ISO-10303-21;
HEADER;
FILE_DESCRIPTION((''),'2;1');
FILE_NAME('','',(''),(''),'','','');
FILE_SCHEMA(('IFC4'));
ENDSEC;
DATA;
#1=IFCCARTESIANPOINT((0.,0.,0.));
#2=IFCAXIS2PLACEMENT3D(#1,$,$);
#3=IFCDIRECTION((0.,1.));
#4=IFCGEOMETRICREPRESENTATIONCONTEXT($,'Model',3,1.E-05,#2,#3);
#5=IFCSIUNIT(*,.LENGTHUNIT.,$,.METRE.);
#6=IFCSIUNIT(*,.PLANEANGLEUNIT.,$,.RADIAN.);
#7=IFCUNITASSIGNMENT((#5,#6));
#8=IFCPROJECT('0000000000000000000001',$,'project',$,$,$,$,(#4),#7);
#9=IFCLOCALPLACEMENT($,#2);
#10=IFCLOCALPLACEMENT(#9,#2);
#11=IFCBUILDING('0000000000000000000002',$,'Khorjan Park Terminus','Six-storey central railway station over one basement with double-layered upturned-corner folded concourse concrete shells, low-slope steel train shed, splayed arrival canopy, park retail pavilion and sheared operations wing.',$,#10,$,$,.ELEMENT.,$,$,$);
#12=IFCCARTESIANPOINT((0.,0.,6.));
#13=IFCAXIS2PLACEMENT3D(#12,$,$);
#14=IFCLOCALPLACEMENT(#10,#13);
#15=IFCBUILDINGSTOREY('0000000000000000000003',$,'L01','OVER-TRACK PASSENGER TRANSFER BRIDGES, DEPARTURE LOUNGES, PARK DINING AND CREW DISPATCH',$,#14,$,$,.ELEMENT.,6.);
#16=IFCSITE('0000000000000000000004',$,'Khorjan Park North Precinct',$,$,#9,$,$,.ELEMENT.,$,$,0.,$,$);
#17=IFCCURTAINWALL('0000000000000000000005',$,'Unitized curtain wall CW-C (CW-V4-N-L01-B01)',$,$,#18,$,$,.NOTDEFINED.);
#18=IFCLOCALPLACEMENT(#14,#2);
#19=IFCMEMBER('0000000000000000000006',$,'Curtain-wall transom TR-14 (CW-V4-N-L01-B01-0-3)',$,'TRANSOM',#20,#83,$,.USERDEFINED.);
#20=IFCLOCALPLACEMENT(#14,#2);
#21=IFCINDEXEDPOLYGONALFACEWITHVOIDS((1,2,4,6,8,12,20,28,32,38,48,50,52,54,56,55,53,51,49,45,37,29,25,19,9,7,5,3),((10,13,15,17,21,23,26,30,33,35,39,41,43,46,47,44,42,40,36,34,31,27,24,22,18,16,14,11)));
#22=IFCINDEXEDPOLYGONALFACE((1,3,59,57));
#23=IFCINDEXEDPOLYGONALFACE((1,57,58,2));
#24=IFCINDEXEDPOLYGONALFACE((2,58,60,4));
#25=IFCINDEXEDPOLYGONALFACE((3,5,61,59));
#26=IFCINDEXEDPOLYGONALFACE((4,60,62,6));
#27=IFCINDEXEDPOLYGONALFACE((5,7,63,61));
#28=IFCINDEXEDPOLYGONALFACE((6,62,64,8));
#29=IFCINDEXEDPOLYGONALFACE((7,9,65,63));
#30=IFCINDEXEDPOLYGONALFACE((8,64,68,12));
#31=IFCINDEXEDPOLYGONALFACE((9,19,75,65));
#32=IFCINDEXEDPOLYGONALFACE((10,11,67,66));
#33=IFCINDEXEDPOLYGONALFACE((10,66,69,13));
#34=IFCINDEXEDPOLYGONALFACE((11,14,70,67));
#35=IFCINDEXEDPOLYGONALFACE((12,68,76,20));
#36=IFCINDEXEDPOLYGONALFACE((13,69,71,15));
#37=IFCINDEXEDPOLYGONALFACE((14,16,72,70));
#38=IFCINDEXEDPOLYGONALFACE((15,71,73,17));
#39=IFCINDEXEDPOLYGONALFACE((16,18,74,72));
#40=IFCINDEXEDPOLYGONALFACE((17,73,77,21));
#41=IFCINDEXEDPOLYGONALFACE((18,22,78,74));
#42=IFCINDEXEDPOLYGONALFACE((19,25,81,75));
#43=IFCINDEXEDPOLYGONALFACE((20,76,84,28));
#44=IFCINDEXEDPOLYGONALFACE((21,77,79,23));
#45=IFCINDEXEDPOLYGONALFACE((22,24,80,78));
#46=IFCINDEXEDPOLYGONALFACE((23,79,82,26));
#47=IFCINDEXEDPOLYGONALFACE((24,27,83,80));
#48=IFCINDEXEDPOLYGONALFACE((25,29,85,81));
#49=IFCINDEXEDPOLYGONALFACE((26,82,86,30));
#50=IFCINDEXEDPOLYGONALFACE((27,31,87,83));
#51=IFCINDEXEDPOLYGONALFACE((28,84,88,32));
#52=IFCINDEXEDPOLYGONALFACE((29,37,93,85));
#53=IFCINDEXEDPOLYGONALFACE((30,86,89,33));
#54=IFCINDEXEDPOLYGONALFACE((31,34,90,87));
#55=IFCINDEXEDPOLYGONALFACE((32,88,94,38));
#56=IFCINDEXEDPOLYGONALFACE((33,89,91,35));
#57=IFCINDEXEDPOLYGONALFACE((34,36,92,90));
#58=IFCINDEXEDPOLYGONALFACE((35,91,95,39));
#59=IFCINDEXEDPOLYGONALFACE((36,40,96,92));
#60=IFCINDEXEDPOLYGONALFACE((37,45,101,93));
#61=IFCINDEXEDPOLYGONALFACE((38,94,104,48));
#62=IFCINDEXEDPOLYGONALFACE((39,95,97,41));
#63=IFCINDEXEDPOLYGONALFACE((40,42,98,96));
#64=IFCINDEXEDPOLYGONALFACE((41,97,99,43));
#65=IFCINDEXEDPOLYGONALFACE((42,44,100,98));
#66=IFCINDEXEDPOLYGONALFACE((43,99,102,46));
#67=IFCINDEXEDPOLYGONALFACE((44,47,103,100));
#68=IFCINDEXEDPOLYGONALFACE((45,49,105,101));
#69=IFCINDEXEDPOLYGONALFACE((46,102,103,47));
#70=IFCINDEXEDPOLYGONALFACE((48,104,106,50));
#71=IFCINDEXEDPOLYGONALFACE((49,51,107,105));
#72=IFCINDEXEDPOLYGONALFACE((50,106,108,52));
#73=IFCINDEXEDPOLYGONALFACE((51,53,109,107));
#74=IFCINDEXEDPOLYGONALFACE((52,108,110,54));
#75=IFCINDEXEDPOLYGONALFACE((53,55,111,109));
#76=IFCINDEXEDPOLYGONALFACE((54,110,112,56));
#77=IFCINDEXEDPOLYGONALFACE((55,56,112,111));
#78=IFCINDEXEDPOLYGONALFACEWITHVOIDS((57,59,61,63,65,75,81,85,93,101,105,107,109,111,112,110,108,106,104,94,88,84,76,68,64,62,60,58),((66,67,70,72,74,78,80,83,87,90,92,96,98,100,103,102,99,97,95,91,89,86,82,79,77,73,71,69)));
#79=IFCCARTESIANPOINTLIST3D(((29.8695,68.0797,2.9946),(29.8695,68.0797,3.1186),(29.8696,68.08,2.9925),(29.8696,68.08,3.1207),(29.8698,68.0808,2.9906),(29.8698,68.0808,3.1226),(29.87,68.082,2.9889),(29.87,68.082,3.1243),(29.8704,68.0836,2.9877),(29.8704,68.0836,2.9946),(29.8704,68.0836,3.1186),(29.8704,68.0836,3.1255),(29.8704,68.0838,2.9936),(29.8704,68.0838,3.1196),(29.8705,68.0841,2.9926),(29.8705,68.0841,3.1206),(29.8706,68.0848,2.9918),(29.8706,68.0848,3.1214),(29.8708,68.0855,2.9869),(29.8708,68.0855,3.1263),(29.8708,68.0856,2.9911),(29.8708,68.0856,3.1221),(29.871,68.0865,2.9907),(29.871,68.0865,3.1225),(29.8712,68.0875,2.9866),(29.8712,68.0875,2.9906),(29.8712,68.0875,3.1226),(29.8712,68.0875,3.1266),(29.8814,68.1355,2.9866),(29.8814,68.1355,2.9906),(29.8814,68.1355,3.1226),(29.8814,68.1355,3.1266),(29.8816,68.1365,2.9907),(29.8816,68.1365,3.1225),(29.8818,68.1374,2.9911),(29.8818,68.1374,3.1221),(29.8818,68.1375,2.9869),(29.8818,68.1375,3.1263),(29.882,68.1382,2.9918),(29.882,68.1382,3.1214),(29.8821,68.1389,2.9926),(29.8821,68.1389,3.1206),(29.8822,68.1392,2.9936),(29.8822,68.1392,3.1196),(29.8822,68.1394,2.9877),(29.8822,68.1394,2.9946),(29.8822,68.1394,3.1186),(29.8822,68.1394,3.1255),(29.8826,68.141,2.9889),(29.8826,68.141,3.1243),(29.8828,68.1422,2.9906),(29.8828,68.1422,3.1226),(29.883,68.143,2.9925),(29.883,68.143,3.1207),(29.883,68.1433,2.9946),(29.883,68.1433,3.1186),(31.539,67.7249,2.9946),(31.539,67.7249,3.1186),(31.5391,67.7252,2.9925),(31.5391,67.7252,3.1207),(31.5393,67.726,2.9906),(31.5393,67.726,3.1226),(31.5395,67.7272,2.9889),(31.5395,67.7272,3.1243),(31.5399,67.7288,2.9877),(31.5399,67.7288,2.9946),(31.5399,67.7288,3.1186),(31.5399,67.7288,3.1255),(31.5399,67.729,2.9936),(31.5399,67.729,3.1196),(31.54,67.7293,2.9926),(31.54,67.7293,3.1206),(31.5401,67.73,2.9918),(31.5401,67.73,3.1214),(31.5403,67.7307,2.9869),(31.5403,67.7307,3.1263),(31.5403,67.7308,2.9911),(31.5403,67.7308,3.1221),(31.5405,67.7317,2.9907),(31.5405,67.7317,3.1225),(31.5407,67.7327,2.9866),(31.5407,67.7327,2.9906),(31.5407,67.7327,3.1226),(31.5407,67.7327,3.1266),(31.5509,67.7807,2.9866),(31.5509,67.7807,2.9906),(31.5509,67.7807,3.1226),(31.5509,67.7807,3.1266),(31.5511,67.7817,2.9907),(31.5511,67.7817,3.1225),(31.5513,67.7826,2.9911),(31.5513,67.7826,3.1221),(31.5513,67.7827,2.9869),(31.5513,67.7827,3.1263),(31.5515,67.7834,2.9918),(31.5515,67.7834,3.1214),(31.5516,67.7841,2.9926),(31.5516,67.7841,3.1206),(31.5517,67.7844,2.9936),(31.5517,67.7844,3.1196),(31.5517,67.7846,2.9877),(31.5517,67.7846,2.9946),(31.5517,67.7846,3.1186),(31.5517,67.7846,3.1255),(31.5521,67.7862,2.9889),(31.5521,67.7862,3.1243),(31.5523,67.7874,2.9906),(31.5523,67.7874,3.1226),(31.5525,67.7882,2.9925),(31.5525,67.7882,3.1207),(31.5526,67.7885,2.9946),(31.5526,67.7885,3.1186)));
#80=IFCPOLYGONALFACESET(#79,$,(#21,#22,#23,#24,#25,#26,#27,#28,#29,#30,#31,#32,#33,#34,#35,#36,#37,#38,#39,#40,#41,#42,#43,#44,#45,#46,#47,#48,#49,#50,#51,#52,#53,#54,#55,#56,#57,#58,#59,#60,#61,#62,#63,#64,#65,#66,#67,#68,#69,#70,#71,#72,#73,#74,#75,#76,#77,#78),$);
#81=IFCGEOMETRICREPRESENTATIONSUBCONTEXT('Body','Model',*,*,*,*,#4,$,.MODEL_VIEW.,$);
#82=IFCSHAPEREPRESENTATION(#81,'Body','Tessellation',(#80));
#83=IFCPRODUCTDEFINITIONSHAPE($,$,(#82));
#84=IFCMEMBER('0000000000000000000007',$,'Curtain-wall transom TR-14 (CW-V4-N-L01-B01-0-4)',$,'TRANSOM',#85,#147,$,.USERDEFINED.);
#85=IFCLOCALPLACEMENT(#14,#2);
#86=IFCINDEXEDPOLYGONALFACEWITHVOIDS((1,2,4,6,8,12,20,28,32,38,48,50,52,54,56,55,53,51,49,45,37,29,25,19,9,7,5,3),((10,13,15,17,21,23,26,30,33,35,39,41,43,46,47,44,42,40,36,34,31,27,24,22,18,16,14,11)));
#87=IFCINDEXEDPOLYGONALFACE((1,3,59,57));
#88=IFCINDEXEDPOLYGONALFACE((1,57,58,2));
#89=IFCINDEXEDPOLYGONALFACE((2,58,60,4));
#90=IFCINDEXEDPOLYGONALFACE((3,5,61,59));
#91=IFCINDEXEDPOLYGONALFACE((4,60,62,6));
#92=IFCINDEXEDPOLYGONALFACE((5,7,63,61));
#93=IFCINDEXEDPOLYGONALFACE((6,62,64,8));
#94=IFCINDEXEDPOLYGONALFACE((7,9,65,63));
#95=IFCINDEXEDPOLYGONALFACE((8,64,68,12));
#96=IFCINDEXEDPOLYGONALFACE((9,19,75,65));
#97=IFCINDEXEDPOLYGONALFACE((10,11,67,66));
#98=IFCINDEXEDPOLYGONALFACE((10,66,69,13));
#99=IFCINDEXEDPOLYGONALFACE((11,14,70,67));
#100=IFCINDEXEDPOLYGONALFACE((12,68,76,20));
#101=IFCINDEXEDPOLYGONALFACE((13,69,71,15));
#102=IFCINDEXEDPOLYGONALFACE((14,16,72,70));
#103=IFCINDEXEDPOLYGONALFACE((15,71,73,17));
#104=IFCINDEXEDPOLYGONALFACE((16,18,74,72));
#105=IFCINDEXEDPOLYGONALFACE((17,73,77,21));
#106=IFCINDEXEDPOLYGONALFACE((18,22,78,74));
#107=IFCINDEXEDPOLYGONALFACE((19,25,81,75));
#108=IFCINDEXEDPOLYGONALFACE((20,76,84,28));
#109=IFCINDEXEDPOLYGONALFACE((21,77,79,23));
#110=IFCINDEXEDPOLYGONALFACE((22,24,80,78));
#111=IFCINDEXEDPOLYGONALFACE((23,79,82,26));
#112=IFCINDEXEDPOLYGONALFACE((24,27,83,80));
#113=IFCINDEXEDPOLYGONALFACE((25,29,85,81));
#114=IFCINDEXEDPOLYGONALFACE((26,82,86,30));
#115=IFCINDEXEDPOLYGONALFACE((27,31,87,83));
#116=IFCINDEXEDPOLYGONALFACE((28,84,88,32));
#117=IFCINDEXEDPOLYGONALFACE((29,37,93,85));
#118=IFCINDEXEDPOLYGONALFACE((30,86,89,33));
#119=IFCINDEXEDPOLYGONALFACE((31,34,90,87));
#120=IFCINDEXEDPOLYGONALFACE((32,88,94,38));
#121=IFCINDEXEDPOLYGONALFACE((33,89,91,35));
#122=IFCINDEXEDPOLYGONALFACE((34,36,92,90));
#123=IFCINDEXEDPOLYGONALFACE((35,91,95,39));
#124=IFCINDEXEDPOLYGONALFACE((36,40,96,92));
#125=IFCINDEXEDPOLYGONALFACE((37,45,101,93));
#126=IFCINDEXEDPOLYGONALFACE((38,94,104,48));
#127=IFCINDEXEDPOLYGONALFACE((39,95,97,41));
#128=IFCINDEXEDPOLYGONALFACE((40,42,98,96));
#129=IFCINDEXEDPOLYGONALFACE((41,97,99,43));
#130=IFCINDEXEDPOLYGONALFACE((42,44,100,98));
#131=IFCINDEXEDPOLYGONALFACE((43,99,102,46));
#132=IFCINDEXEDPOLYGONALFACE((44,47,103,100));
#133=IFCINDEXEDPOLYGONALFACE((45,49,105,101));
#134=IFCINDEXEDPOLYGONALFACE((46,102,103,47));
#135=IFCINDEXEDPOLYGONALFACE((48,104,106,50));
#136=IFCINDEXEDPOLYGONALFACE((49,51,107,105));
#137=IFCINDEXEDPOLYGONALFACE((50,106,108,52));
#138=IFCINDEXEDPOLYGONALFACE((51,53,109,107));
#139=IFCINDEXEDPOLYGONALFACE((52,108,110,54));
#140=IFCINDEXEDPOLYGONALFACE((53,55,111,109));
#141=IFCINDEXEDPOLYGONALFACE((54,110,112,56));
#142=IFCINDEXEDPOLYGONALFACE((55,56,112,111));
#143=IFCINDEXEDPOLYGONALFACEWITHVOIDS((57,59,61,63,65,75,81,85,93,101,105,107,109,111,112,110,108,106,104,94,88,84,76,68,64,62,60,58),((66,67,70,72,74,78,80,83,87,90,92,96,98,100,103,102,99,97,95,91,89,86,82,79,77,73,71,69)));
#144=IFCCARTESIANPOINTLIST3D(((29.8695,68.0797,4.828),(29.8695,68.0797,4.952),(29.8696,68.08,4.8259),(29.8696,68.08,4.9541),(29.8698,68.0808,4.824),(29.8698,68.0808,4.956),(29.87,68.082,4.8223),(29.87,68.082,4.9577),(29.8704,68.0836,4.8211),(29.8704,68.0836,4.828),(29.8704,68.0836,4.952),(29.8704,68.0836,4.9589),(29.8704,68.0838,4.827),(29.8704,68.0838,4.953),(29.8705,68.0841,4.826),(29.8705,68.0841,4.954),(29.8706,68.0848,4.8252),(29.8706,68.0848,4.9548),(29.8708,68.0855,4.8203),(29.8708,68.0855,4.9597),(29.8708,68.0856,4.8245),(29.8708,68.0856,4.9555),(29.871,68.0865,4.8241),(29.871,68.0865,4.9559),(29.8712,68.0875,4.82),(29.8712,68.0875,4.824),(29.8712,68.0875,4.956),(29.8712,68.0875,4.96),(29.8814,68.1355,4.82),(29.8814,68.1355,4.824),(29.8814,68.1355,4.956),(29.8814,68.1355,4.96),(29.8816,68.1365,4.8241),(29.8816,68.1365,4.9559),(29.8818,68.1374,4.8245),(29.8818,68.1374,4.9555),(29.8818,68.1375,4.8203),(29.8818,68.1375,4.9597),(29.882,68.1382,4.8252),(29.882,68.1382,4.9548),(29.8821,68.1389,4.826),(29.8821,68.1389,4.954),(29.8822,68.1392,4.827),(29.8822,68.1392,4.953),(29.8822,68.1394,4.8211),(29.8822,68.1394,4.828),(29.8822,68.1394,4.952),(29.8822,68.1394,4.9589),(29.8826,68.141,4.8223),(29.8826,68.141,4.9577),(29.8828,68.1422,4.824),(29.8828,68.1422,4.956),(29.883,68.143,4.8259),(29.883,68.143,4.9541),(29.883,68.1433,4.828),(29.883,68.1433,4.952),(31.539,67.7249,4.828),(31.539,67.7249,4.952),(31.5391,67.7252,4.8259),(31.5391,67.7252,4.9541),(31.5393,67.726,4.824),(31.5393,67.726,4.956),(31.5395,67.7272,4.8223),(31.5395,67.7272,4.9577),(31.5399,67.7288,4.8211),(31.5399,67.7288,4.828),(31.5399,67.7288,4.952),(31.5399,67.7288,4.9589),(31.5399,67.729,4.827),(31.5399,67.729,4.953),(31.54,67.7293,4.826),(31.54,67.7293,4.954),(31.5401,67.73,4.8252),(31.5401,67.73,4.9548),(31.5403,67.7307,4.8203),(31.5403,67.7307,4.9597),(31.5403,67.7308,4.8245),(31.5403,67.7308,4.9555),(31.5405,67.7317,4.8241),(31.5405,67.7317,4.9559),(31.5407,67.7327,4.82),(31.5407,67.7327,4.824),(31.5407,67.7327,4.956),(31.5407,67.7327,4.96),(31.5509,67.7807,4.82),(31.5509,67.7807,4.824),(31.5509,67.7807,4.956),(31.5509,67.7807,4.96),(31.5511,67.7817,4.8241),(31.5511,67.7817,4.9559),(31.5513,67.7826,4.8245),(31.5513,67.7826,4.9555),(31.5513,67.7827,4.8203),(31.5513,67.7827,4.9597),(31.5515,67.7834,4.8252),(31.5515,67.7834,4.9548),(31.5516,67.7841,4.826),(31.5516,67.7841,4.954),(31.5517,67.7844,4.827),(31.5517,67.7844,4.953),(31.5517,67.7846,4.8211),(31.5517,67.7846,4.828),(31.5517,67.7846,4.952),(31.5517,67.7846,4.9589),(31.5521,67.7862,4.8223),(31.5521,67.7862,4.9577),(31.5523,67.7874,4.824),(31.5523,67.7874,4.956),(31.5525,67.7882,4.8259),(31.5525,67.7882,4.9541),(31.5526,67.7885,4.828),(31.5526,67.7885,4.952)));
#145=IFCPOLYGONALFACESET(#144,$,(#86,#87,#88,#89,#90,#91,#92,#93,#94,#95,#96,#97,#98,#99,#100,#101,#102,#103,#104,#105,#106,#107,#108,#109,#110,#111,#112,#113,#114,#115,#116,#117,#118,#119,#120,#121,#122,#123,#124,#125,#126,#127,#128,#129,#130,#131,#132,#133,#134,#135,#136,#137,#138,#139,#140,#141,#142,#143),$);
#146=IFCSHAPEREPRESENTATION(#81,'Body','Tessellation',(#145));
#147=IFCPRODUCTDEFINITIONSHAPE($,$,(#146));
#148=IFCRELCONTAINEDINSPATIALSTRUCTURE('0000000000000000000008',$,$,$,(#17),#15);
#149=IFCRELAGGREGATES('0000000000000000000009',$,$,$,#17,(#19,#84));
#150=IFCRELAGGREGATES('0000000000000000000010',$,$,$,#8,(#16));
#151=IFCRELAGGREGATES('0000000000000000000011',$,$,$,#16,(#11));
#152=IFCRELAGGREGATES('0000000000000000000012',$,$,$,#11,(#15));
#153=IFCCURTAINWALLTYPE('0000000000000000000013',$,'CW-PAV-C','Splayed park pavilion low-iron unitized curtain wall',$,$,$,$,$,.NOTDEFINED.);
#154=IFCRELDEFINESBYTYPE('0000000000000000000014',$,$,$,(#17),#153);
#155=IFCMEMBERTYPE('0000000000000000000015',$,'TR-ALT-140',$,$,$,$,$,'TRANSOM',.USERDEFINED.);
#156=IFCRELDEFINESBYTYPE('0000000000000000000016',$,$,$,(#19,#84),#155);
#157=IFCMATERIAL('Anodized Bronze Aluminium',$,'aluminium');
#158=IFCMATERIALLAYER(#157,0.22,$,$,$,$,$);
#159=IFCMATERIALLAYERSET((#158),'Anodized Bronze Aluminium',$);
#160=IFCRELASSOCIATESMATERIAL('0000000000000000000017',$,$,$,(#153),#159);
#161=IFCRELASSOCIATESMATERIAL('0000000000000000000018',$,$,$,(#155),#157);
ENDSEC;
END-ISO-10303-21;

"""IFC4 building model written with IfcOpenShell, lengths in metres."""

from ifc_helpers import new_model, si_unit, direction, frame, origin, origin_2d, place, context, subcontext, project, spatial, hollow_rectangle, extrude, material, layer, layer_set, material_profile, profile_set, type_object, element, aggregate, save


model = new_model("IFC4")

# Units and contexts
model_context = context("Model", 3, precision=1e-05, world=origin(), true_north=direction((0.0, 1.0)))
body_context = subcontext(model_context, "Body", "Model", "MODEL_VIEW")
ifc_project = project(units=[si_unit("LENGTHUNIT", "METRE"), si_unit("PLANEANGLEUNIT", "RADIAN")], contexts=[model_context])

# Site, building, storey
site_placement = place(None, origin())
site = spatial("IfcSite", under=ifc_project, at=site_placement, Name="Khorjan Park North Precinct", CompositionType="ELEMENT", RefElevation=0.0)
building_placement = place(site_placement, origin())
building = spatial("IfcBuilding", under=site, at=building_placement, Name="Khorjan Park Terminus", Description="Six-storey central railway station over one basement with double-layered upturned-corner folded concourse concrete shells, low-slope steel train shed, splayed arrival canopy, park retail pavilion and sheared operations wing.", CompositionType="ELEMENT")
storey_placement = place(building_placement, frame((0.0, 0.0, 6.0)))
storey = spatial("IfcBuildingStorey", under=building, at=storey_placement, Name="L01", Description="OVER-TRACK PASSENGER TRANSFER BRIDGES, DEPARTURE LOUNGES, PARK DINING AND CREW DISPATCH", CompositionType="ELEMENT", Elevation=6.0)

# Curtain wall, members
ifc_material_1 = material(Name="Anodized Bronze Aluminium", Category="aluminium")
ifc_layer_1 = layer(ifc_material_1, 0.22)
ifc_layer_set_1 = layer_set([ifc_layer_1], Name="Anodized Bronze Aluminium")
curtain_wall_type = type_object("IfcCurtainWallType", Name="CW-PAV-C", Description="Splayed park pavilion low-iron unitized curtain wall", PredefinedType="NOTDEFINED", material=ifc_layer_set_1)
curtain_wall_1_placement = place(storey_placement, origin())
curtain_wall_1 = element("IfcCurtainWall", 1, at=curtain_wall_1_placement, inside=storey, type_object=curtain_wall_type, Name="Unitized curtain wall CW-C (CW-V4-N-L01-B01)", PredefinedType="NOTDEFINED")
ifc_material_profile_1 = material_profile(ifc_material_1, hollow_rectangle(XDim=0.065, YDim=0.14, WallThickness=0.004, InnerFilletRadius=0.004, OuterFilletRadius=0.008, at=origin_2d()), Name="ALT 65x140x4")
ifc_profile_set_1 = profile_set([ifc_material_profile_1], Name="Anodized Bronze Aluminium")
member_type_1 = type_object("IfcMemberType", Name="TR-ALT-140", ElementType="TRANSOM", PredefinedType="USERDEFINED", material=ifc_profile_set_1)
member_1_placement = place(storey_placement, frame((31.5458, 67.7567, 3.0566), z_axis=(-0.978155, 0.207876, 0.0), x_axis=(-0.207876, -0.978155, 0.0)))
member_1 = element("IfcMember", 2, at=member_1_placement, type_object=member_type_1, Name="Curtain-wall transom TR-14 (CW-V4-N-L01-B01-0-3)", ObjectType="TRANSOM", PredefinedType="USERDEFINED", context=body_context, shape_type="SweptSolid", body=[
    extrude(hollow_rectangle(XDim=0.065, YDim=0.14, WallThickness=0.004, InnerFilletRadius=0.004, OuterFilletRadius=0.008, at=origin_2d()), origin(), (0.0, 0.0, 1.0), 1.7068),
])
member_2_placement = place(storey_placement, frame((31.5458, 67.7567, 4.89), z_axis=(-0.978155, 0.207876, 0.0), x_axis=(-0.207876, -0.978155, 0.0)))
member_2 = element("IfcMember", 3, at=member_2_placement, type_object=member_type_1, Name="Curtain-wall transom TR-14 (CW-V4-N-L01-B01-0-4)", ObjectType="TRANSOM", PredefinedType="USERDEFINED", context=body_context, shape_type="SweptSolid", body=[
    extrude(hollow_rectangle(XDim=0.065, YDim=0.14, WallThickness=0.004, InnerFilletRadius=0.004, OuterFilletRadius=0.008, at=origin_2d()), origin(), (0.0, 0.0, 1.0), 1.7068),
])

aggregate(curtain_wall_1, [member_1, member_2])

save(model, "model.ifc")
